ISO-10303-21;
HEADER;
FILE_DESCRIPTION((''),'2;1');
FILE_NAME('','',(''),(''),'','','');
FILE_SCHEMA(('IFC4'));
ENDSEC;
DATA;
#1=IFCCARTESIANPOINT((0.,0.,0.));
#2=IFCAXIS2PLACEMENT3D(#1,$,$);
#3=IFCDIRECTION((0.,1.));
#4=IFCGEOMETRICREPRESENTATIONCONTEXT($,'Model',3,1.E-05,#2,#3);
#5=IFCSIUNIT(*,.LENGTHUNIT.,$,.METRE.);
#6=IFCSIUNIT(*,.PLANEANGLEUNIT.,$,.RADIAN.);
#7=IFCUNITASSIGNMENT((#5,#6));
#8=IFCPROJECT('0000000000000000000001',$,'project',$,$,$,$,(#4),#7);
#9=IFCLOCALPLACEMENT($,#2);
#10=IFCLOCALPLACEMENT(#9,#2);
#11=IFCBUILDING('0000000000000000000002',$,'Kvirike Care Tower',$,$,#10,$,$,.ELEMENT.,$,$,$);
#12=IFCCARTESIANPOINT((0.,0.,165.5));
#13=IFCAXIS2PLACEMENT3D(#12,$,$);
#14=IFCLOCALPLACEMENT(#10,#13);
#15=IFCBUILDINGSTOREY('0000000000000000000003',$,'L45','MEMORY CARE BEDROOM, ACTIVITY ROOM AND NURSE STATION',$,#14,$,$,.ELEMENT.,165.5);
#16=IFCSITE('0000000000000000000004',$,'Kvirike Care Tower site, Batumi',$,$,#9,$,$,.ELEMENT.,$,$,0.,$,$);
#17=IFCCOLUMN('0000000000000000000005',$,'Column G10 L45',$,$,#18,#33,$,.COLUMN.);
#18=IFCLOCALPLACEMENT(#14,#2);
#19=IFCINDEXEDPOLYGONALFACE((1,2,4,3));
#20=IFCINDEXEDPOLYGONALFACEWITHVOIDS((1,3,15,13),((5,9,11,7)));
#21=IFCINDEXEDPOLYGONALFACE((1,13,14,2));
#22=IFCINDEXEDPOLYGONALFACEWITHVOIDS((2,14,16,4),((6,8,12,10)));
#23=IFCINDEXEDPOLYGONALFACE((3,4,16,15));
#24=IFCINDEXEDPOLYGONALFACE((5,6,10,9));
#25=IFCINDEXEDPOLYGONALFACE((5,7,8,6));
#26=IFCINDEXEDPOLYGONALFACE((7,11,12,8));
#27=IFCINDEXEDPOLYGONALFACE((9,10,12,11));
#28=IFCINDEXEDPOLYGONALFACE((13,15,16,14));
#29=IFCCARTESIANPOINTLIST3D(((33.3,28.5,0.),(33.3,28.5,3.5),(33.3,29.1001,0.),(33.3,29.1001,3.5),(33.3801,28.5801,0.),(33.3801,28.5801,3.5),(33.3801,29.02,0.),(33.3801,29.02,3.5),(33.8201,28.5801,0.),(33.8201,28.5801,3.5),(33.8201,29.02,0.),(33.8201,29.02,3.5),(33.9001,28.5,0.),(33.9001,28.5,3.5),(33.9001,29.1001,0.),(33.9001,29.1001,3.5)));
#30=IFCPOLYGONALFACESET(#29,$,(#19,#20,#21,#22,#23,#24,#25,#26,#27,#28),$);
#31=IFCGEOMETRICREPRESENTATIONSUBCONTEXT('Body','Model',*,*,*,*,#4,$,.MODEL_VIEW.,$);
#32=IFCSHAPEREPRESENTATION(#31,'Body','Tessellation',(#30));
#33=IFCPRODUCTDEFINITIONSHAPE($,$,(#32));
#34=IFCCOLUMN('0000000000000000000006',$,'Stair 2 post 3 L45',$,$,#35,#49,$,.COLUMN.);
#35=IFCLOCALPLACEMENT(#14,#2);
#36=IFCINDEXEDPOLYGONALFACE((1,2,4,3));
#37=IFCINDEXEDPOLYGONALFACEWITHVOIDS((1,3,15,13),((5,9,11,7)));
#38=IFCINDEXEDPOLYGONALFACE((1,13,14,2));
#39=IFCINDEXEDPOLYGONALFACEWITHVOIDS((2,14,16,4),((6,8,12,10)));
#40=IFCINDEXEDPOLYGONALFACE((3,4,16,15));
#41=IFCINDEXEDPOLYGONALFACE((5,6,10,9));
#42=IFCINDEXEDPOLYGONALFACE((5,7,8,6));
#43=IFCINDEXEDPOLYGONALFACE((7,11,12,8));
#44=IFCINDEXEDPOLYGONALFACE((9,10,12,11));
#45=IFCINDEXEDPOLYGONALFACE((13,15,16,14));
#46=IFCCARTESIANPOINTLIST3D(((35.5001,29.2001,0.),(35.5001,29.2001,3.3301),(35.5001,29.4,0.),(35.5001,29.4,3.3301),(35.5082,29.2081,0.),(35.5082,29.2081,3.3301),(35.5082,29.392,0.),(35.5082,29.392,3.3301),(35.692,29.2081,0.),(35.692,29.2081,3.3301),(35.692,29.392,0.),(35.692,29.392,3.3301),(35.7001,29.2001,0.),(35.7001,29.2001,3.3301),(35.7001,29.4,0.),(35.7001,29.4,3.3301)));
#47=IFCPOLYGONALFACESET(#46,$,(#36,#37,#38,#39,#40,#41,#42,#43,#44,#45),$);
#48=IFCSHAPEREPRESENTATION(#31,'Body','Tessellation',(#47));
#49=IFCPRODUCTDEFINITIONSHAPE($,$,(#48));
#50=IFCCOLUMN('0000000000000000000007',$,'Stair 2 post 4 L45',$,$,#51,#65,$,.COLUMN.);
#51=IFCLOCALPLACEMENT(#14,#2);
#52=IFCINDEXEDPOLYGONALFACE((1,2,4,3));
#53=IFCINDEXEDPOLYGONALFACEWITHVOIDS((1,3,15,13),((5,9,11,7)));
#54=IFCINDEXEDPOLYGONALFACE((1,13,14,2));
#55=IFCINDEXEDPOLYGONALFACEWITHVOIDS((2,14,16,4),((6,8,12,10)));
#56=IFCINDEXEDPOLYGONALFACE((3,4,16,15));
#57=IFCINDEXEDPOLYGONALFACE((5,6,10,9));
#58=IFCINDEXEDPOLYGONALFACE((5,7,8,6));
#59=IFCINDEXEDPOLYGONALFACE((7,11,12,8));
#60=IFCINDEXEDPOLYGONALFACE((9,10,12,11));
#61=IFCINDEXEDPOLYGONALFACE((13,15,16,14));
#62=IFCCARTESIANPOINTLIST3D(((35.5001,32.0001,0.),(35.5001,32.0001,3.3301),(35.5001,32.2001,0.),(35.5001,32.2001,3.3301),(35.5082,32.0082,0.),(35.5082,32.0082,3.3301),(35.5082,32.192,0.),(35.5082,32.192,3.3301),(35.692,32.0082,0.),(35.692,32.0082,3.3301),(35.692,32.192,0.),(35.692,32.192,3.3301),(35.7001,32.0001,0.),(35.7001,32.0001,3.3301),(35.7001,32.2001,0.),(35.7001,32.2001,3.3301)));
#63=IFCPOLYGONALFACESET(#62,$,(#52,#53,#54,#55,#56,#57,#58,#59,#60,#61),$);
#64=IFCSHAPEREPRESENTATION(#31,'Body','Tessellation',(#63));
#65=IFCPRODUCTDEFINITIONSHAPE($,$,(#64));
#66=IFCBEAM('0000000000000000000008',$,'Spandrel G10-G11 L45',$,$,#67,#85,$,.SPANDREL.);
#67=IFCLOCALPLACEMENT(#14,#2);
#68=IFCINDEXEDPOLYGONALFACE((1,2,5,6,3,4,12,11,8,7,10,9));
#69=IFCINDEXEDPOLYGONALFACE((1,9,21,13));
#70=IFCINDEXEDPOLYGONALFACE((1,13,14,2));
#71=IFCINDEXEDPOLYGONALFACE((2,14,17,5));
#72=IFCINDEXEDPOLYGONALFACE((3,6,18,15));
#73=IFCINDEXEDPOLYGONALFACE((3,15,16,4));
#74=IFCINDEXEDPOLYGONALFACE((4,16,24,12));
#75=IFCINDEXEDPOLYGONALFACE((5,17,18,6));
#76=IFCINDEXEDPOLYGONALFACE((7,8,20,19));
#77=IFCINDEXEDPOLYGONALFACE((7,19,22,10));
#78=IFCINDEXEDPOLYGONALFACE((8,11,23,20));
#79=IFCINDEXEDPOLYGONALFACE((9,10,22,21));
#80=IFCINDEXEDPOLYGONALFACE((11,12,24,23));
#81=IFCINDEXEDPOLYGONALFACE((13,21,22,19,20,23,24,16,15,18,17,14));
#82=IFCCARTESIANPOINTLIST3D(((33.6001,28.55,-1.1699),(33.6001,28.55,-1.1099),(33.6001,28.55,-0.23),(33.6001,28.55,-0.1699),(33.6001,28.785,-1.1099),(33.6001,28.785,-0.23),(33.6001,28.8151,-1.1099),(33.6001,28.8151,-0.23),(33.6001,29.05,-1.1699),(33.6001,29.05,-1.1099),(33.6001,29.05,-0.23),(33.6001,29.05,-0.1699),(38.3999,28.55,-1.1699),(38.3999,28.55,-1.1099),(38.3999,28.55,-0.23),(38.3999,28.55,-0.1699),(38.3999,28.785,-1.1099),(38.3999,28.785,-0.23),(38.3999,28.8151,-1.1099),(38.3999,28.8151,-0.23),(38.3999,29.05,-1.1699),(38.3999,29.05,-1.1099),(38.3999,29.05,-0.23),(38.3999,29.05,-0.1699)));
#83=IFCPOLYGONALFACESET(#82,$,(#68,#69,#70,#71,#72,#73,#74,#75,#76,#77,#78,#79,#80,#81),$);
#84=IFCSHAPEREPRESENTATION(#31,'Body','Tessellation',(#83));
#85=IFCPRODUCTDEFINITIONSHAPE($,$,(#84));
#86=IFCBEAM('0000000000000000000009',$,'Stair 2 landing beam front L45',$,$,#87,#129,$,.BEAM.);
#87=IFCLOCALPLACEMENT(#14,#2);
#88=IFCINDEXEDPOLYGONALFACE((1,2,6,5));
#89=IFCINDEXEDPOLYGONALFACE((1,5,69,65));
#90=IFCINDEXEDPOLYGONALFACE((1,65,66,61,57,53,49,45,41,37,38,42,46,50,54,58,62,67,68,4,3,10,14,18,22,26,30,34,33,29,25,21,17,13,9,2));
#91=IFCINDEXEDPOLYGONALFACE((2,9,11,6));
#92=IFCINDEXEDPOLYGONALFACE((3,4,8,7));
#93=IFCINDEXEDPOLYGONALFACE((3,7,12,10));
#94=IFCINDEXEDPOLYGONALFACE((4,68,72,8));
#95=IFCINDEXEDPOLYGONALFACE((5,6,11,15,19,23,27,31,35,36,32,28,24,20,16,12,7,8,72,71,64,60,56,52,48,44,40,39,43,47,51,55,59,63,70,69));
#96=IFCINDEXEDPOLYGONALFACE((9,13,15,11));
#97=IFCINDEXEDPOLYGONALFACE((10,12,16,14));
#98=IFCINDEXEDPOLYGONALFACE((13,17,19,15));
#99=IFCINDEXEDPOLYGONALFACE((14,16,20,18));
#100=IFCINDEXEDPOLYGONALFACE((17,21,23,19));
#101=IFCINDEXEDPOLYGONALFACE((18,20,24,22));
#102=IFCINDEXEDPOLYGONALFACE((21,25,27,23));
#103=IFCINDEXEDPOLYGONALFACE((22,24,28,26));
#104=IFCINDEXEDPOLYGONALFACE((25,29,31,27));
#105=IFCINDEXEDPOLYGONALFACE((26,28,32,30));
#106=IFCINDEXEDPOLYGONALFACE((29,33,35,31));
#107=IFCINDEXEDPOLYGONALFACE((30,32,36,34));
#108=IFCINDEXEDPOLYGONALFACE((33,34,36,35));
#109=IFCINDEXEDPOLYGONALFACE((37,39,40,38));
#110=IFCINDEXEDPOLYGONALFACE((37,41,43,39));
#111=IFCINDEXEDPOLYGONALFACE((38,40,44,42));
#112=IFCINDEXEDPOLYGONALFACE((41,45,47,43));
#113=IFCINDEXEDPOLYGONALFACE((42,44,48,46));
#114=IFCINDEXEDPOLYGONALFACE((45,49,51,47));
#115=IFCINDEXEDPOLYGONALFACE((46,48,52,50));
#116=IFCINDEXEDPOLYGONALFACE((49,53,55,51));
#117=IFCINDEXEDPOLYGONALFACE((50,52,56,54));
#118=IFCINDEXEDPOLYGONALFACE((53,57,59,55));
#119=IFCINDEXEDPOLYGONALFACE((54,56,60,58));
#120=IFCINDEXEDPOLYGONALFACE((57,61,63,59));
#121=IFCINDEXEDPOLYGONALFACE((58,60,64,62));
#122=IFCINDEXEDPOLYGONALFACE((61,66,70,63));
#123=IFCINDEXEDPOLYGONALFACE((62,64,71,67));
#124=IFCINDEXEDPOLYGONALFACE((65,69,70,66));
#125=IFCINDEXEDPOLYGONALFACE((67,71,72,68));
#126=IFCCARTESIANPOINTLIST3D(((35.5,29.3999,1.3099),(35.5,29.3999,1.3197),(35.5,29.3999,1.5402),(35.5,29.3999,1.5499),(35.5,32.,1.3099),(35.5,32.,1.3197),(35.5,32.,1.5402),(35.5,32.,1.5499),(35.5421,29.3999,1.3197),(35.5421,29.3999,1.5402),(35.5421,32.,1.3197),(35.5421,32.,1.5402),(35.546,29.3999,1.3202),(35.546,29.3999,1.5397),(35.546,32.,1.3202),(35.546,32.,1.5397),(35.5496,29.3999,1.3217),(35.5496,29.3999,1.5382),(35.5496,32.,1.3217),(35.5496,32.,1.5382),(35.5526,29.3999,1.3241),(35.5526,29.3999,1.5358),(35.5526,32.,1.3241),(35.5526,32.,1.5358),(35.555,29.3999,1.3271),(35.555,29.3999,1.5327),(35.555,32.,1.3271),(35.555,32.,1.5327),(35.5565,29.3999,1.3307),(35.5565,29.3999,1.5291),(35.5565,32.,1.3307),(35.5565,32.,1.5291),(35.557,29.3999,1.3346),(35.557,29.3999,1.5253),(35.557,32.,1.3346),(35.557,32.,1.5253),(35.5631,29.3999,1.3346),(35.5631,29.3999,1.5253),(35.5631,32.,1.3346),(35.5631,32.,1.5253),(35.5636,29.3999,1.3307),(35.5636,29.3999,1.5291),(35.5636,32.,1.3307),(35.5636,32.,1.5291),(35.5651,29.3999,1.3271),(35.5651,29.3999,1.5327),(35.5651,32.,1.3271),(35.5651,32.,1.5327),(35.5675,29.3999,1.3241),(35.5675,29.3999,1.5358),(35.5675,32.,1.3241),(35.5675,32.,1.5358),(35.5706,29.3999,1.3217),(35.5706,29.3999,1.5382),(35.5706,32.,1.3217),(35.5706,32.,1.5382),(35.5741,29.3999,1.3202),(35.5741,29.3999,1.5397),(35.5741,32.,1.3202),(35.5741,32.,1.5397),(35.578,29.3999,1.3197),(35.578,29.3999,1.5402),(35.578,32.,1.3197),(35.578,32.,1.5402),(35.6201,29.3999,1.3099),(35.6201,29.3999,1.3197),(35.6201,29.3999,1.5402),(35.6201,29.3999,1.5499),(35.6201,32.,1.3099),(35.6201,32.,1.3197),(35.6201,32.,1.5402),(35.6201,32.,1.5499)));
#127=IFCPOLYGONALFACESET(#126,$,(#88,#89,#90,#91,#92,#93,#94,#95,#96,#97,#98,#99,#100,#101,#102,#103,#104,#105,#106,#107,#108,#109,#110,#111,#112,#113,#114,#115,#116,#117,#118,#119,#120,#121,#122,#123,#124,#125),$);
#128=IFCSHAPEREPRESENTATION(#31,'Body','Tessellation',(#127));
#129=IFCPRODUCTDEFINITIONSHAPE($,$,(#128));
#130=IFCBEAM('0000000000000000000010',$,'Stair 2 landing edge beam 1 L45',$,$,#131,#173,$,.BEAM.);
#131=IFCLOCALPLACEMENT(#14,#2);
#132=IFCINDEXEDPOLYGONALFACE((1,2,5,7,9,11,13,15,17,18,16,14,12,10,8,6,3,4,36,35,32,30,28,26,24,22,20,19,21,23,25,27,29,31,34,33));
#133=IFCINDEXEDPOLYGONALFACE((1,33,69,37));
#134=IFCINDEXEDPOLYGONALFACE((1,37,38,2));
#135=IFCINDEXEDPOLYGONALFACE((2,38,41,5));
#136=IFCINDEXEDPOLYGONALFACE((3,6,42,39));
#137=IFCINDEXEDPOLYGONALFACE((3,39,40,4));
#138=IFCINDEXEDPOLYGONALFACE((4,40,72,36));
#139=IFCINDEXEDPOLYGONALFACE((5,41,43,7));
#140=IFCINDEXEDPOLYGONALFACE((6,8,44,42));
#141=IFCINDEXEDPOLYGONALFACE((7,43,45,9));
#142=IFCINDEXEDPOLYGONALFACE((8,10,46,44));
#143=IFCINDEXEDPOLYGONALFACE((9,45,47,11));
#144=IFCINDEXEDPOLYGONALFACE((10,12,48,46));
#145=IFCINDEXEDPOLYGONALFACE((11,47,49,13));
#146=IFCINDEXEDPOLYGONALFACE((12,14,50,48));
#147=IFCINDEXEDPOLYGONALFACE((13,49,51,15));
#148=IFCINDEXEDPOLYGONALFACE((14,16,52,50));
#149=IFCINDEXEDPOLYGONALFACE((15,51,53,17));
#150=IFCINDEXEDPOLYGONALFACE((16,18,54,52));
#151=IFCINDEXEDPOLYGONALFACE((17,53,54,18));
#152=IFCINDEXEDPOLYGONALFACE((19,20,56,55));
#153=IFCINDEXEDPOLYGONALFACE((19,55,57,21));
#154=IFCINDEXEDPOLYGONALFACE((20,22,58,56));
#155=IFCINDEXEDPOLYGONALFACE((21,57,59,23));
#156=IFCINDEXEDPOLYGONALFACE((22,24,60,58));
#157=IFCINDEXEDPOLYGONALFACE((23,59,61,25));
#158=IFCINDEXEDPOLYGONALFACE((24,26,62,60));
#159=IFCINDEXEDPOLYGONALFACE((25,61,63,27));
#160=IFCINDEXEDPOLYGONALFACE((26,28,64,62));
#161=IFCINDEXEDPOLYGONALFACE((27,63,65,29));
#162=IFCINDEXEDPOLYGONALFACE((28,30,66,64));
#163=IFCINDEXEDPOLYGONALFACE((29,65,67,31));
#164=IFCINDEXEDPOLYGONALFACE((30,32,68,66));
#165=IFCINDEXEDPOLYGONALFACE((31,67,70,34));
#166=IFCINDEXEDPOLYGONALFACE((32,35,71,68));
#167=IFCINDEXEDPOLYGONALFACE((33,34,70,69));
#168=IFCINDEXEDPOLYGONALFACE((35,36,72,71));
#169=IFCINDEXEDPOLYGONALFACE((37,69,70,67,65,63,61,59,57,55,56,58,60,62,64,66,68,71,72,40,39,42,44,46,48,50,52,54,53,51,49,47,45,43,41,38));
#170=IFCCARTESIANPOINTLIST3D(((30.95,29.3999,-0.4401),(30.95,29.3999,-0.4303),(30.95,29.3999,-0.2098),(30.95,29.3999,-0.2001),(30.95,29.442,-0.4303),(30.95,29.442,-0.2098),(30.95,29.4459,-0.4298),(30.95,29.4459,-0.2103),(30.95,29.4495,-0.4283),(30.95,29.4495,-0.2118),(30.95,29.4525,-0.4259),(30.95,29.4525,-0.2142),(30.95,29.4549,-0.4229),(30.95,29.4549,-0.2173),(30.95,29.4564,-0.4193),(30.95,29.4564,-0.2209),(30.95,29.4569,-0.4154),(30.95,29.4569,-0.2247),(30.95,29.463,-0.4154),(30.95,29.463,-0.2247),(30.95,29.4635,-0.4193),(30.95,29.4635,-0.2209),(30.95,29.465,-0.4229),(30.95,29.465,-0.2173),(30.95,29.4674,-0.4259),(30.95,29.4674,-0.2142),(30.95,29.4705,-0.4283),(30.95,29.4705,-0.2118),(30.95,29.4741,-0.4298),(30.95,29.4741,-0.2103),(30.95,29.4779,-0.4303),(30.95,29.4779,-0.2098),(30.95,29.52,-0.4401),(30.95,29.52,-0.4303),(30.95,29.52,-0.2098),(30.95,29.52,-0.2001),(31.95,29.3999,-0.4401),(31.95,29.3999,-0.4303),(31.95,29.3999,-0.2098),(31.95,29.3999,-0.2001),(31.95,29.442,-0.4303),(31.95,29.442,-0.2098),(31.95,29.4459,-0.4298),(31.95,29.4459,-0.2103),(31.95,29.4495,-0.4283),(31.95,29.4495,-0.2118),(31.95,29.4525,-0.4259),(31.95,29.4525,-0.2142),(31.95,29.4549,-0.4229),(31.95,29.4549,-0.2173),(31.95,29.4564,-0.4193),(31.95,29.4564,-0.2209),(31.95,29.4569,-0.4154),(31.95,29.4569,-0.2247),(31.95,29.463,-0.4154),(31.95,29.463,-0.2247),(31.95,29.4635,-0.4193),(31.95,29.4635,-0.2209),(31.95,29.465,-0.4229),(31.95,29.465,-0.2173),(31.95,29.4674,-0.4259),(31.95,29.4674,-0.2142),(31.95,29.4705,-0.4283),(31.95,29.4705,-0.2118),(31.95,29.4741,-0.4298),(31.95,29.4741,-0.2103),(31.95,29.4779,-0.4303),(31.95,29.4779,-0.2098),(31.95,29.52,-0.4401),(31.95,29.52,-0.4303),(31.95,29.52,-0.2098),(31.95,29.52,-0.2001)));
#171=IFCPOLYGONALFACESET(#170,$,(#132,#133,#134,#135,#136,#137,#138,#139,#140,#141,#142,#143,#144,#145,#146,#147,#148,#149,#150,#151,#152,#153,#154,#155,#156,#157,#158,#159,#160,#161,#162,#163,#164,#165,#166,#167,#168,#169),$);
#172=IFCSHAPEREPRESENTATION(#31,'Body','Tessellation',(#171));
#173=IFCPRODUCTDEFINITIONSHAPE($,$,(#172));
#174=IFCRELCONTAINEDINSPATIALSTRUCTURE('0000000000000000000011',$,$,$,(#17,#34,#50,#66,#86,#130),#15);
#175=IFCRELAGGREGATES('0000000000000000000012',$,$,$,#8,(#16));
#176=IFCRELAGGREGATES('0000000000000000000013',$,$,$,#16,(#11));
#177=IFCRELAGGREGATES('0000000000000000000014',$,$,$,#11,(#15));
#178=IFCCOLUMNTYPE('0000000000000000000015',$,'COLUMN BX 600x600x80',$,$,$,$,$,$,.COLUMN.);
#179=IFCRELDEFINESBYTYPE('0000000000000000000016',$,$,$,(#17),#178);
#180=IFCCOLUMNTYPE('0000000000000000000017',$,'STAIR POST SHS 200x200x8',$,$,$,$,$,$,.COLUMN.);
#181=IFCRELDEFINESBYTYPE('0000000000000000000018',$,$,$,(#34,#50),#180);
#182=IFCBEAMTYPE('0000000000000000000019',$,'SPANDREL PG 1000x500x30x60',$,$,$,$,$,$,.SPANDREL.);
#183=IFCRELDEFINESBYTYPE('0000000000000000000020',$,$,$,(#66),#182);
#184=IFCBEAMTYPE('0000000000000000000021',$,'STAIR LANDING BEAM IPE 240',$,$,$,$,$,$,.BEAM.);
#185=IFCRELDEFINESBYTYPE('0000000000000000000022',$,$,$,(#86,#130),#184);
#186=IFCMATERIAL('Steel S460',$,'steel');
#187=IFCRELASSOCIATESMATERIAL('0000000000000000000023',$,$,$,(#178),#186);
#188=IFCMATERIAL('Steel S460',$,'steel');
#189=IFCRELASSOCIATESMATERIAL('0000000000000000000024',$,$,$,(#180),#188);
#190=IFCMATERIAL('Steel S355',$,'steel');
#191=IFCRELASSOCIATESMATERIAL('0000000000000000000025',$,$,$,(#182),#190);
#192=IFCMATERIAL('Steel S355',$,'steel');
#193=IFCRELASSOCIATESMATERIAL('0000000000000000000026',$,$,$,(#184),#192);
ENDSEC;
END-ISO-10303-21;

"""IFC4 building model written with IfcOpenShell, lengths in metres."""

from ifc_helpers import new_model, si_unit, direction, frame, origin, origin_2d, place, context, subcontext, project, spatial, hollow_rectangle, i_section, extrude, material, material_profile, profile_set, type_object, element, save


model = new_model("IFC4")

# Units and contexts
model_context = context("Model", 3, precision=1e-05, world=origin(), true_north=direction((0.0, 1.0)))
body_context = subcontext(model_context, "Body", "Model", "MODEL_VIEW")
ifc_project = project(units=[si_unit("LENGTHUNIT", "METRE"), si_unit("PLANEANGLEUNIT", "RADIAN")], contexts=[model_context])

# Site, building, storey
site_placement = place(None, origin())
site = spatial("IfcSite", under=ifc_project, at=site_placement, Name="Kvirike Care Tower site, Batumi", CompositionType="ELEMENT", RefElevation=0.0)
building_placement = place(site_placement, origin())
building = spatial("IfcBuilding", under=site, at=building_placement, Name="Kvirike Care Tower", CompositionType="ELEMENT")
storey_placement = place(building_placement, frame((0.0, 0.0, 165.5)))
storey = spatial("IfcBuildingStorey", under=building, at=storey_placement, Name="L45", Description="MEMORY CARE BEDROOM, ACTIVITY ROOM AND NURSE STATION", CompositionType="ELEMENT", Elevation=165.5)

# Columns
ifc_material_1 = material(Name="Steel S460", Category="steel")
ifc_material_profile_1 = material_profile(ifc_material_1, hollow_rectangle(XDim=0.6001, YDim=0.6001, WallThickness=0.0801, at=origin_2d()), Name="BX 600x600x80")
ifc_profile_set_1 = profile_set([ifc_material_profile_1], Name="Steel S460")
column_type_1 = type_object("IfcColumnType", Name="COLUMN BX 600x600x80", PredefinedType="COLUMN", material=ifc_profile_set_1)
column_placement = place(storey_placement, frame((33.6001, 28.8, 0.0), z_axis=(0.0, 0.0, 1.0), x_axis=(0.0, 1.0, 0.0)))
element("IfcColumn", 1, at=column_placement, inside=storey, type_object=column_type_1, Name="Column G10 L45", PredefinedType="COLUMN", context=body_context, shape_type="SweptSolid", body=[
    extrude(hollow_rectangle(XDim=0.6001, YDim=0.6001, WallThickness=0.0801, at=origin_2d()), origin(), (0.0, 0.0, 1.0), 3.5),
])
ifc_material_2 = material(Name="Steel S460", Category="steel")
ifc_material_profile_2 = material_profile(ifc_material_2, hollow_rectangle(XDim=0.2, YDim=0.2, WallThickness=0.0081, at=origin_2d()), Name="SHS 200x200x8")
ifc_profile_set_2 = profile_set([ifc_material_profile_2], Name="Steel S460")
column_type_2 = type_object("IfcColumnType", Name="STAIR POST SHS 200x200x8", PredefinedType="COLUMN", material=ifc_profile_set_2)
for number, where, z_axis, x_axis, name in (
    (2, (35.6001, 29.3, 0.0), (0.0, 0.0, 1.0), (1.0, 0.0, 0.0), "Stair 2 post 3 L45"),
    (3, (35.6001, 32.1001, 0.0), (0.0, 0.0, 1.0), (1.0, 0.0, 0.0), "Stair 2 post 4 L45"),
):
    element("IfcColumn", number, at=place(storey_placement, frame(where, z_axis=z_axis, x_axis=x_axis)), inside=storey, type_object=column_type_2, Name=name, PredefinedType="COLUMN", context=body_context, shape_type="SweptSolid", body=[
        extrude(hollow_rectangle(XDim=0.2, YDim=0.2, WallThickness=0.0081, at=origin_2d()), origin(), (0.0, 0.0, 1.0), 3.3301),
    ])

# Beams
ifc_material_3 = material(Name="Steel S355", Category="steel")
ifc_material_profile_3 = material_profile(ifc_material_3, i_section(OverallWidth=0.5, OverallDepth=1.0, WebThickness=0.03, FlangeThickness=0.0601, at=origin_2d()), Name="PG 1000x500x30x60")
ifc_profile_set_3 = profile_set([ifc_material_profile_3], Name="Steel S355")
beam_type_1 = type_object("IfcBeamType", Name="SPANDREL PG 1000x500x30x60", PredefinedType="SPANDREL", material=ifc_profile_set_3)
beam_1_placement = place(storey_placement, frame((33.6001, 28.8, -0.6699), z_axis=(1.0, 0.0, 0.0), x_axis=(0.0, 1.0, 0.0)))
element("IfcBeam", 4, at=beam_1_placement, inside=storey, type_object=beam_type_1, Name="Spandrel G10-G11 L45", PredefinedType="SPANDREL", context=body_context, shape_type="SweptSolid", body=[
    extrude(i_section(OverallWidth=0.5, OverallDepth=1.0, WebThickness=0.03, FlangeThickness=0.0601, at=origin_2d()), origin(), (0.0, 0.0, 1.0), 4.7998),
])
ifc_material_4 = material(Name="Steel S355", Category="steel")
ifc_material_profile_4 = material_profile(ifc_material_4, i_section(OverallWidth=0.1201, OverallDepth=0.24, WebThickness=0.0061, FlangeThickness=0.0098, FilletRadius=0.0149, at=origin_2d()), Name="IPE 240")
ifc_profile_set_4 = profile_set([ifc_material_profile_4], Name="Steel S355")
beam_type_2 = type_object("IfcBeamType", Name="STAIR LANDING BEAM IPE 240", PredefinedType="BEAM", material=ifc_profile_set_4)
beam_2_placement = place(storey_placement, frame((35.5601, 29.3999, 1.4299), z_axis=(0.0, 1.0, 0.0), x_axis=(-1.0, 0.0, 0.0)))
element("IfcBeam", 5, at=beam_2_placement, inside=storey, type_object=beam_type_2, Name="Stair 2 landing beam front L45", PredefinedType="BEAM", context=body_context, shape_type="SweptSolid", body=[
    extrude(i_section(OverallWidth=0.1201, OverallDepth=0.24, WebThickness=0.0061, FlangeThickness=0.0098, FilletRadius=0.0149, at=origin_2d()), origin(), (0.0, 0.0, 1.0), 2.6001),
])
for number, where, z_axis, x_axis, name in (
    (6, (31.95, 29.46, -0.3201), (-1.0, 0.0, 0.0), (0.0, -1.0, 0.0), "Stair 2 landing edge beam 1 L45"),
):
    element("IfcBeam", number, at=place(storey_placement, frame(where, z_axis=z_axis, x_axis=x_axis)), inside=storey, type_object=beam_type_2, Name=name, PredefinedType="BEAM", context=body_context, shape_type="SweptSolid", body=[
        extrude(i_section(OverallWidth=0.1201, OverallDepth=0.24, WebThickness=0.0061, FlangeThickness=0.0098, FilletRadius=0.0149, at=origin_2d()), origin(), (0.0, 0.0, 1.0), 1.0),
    ])

save(model, "model.ifc")
